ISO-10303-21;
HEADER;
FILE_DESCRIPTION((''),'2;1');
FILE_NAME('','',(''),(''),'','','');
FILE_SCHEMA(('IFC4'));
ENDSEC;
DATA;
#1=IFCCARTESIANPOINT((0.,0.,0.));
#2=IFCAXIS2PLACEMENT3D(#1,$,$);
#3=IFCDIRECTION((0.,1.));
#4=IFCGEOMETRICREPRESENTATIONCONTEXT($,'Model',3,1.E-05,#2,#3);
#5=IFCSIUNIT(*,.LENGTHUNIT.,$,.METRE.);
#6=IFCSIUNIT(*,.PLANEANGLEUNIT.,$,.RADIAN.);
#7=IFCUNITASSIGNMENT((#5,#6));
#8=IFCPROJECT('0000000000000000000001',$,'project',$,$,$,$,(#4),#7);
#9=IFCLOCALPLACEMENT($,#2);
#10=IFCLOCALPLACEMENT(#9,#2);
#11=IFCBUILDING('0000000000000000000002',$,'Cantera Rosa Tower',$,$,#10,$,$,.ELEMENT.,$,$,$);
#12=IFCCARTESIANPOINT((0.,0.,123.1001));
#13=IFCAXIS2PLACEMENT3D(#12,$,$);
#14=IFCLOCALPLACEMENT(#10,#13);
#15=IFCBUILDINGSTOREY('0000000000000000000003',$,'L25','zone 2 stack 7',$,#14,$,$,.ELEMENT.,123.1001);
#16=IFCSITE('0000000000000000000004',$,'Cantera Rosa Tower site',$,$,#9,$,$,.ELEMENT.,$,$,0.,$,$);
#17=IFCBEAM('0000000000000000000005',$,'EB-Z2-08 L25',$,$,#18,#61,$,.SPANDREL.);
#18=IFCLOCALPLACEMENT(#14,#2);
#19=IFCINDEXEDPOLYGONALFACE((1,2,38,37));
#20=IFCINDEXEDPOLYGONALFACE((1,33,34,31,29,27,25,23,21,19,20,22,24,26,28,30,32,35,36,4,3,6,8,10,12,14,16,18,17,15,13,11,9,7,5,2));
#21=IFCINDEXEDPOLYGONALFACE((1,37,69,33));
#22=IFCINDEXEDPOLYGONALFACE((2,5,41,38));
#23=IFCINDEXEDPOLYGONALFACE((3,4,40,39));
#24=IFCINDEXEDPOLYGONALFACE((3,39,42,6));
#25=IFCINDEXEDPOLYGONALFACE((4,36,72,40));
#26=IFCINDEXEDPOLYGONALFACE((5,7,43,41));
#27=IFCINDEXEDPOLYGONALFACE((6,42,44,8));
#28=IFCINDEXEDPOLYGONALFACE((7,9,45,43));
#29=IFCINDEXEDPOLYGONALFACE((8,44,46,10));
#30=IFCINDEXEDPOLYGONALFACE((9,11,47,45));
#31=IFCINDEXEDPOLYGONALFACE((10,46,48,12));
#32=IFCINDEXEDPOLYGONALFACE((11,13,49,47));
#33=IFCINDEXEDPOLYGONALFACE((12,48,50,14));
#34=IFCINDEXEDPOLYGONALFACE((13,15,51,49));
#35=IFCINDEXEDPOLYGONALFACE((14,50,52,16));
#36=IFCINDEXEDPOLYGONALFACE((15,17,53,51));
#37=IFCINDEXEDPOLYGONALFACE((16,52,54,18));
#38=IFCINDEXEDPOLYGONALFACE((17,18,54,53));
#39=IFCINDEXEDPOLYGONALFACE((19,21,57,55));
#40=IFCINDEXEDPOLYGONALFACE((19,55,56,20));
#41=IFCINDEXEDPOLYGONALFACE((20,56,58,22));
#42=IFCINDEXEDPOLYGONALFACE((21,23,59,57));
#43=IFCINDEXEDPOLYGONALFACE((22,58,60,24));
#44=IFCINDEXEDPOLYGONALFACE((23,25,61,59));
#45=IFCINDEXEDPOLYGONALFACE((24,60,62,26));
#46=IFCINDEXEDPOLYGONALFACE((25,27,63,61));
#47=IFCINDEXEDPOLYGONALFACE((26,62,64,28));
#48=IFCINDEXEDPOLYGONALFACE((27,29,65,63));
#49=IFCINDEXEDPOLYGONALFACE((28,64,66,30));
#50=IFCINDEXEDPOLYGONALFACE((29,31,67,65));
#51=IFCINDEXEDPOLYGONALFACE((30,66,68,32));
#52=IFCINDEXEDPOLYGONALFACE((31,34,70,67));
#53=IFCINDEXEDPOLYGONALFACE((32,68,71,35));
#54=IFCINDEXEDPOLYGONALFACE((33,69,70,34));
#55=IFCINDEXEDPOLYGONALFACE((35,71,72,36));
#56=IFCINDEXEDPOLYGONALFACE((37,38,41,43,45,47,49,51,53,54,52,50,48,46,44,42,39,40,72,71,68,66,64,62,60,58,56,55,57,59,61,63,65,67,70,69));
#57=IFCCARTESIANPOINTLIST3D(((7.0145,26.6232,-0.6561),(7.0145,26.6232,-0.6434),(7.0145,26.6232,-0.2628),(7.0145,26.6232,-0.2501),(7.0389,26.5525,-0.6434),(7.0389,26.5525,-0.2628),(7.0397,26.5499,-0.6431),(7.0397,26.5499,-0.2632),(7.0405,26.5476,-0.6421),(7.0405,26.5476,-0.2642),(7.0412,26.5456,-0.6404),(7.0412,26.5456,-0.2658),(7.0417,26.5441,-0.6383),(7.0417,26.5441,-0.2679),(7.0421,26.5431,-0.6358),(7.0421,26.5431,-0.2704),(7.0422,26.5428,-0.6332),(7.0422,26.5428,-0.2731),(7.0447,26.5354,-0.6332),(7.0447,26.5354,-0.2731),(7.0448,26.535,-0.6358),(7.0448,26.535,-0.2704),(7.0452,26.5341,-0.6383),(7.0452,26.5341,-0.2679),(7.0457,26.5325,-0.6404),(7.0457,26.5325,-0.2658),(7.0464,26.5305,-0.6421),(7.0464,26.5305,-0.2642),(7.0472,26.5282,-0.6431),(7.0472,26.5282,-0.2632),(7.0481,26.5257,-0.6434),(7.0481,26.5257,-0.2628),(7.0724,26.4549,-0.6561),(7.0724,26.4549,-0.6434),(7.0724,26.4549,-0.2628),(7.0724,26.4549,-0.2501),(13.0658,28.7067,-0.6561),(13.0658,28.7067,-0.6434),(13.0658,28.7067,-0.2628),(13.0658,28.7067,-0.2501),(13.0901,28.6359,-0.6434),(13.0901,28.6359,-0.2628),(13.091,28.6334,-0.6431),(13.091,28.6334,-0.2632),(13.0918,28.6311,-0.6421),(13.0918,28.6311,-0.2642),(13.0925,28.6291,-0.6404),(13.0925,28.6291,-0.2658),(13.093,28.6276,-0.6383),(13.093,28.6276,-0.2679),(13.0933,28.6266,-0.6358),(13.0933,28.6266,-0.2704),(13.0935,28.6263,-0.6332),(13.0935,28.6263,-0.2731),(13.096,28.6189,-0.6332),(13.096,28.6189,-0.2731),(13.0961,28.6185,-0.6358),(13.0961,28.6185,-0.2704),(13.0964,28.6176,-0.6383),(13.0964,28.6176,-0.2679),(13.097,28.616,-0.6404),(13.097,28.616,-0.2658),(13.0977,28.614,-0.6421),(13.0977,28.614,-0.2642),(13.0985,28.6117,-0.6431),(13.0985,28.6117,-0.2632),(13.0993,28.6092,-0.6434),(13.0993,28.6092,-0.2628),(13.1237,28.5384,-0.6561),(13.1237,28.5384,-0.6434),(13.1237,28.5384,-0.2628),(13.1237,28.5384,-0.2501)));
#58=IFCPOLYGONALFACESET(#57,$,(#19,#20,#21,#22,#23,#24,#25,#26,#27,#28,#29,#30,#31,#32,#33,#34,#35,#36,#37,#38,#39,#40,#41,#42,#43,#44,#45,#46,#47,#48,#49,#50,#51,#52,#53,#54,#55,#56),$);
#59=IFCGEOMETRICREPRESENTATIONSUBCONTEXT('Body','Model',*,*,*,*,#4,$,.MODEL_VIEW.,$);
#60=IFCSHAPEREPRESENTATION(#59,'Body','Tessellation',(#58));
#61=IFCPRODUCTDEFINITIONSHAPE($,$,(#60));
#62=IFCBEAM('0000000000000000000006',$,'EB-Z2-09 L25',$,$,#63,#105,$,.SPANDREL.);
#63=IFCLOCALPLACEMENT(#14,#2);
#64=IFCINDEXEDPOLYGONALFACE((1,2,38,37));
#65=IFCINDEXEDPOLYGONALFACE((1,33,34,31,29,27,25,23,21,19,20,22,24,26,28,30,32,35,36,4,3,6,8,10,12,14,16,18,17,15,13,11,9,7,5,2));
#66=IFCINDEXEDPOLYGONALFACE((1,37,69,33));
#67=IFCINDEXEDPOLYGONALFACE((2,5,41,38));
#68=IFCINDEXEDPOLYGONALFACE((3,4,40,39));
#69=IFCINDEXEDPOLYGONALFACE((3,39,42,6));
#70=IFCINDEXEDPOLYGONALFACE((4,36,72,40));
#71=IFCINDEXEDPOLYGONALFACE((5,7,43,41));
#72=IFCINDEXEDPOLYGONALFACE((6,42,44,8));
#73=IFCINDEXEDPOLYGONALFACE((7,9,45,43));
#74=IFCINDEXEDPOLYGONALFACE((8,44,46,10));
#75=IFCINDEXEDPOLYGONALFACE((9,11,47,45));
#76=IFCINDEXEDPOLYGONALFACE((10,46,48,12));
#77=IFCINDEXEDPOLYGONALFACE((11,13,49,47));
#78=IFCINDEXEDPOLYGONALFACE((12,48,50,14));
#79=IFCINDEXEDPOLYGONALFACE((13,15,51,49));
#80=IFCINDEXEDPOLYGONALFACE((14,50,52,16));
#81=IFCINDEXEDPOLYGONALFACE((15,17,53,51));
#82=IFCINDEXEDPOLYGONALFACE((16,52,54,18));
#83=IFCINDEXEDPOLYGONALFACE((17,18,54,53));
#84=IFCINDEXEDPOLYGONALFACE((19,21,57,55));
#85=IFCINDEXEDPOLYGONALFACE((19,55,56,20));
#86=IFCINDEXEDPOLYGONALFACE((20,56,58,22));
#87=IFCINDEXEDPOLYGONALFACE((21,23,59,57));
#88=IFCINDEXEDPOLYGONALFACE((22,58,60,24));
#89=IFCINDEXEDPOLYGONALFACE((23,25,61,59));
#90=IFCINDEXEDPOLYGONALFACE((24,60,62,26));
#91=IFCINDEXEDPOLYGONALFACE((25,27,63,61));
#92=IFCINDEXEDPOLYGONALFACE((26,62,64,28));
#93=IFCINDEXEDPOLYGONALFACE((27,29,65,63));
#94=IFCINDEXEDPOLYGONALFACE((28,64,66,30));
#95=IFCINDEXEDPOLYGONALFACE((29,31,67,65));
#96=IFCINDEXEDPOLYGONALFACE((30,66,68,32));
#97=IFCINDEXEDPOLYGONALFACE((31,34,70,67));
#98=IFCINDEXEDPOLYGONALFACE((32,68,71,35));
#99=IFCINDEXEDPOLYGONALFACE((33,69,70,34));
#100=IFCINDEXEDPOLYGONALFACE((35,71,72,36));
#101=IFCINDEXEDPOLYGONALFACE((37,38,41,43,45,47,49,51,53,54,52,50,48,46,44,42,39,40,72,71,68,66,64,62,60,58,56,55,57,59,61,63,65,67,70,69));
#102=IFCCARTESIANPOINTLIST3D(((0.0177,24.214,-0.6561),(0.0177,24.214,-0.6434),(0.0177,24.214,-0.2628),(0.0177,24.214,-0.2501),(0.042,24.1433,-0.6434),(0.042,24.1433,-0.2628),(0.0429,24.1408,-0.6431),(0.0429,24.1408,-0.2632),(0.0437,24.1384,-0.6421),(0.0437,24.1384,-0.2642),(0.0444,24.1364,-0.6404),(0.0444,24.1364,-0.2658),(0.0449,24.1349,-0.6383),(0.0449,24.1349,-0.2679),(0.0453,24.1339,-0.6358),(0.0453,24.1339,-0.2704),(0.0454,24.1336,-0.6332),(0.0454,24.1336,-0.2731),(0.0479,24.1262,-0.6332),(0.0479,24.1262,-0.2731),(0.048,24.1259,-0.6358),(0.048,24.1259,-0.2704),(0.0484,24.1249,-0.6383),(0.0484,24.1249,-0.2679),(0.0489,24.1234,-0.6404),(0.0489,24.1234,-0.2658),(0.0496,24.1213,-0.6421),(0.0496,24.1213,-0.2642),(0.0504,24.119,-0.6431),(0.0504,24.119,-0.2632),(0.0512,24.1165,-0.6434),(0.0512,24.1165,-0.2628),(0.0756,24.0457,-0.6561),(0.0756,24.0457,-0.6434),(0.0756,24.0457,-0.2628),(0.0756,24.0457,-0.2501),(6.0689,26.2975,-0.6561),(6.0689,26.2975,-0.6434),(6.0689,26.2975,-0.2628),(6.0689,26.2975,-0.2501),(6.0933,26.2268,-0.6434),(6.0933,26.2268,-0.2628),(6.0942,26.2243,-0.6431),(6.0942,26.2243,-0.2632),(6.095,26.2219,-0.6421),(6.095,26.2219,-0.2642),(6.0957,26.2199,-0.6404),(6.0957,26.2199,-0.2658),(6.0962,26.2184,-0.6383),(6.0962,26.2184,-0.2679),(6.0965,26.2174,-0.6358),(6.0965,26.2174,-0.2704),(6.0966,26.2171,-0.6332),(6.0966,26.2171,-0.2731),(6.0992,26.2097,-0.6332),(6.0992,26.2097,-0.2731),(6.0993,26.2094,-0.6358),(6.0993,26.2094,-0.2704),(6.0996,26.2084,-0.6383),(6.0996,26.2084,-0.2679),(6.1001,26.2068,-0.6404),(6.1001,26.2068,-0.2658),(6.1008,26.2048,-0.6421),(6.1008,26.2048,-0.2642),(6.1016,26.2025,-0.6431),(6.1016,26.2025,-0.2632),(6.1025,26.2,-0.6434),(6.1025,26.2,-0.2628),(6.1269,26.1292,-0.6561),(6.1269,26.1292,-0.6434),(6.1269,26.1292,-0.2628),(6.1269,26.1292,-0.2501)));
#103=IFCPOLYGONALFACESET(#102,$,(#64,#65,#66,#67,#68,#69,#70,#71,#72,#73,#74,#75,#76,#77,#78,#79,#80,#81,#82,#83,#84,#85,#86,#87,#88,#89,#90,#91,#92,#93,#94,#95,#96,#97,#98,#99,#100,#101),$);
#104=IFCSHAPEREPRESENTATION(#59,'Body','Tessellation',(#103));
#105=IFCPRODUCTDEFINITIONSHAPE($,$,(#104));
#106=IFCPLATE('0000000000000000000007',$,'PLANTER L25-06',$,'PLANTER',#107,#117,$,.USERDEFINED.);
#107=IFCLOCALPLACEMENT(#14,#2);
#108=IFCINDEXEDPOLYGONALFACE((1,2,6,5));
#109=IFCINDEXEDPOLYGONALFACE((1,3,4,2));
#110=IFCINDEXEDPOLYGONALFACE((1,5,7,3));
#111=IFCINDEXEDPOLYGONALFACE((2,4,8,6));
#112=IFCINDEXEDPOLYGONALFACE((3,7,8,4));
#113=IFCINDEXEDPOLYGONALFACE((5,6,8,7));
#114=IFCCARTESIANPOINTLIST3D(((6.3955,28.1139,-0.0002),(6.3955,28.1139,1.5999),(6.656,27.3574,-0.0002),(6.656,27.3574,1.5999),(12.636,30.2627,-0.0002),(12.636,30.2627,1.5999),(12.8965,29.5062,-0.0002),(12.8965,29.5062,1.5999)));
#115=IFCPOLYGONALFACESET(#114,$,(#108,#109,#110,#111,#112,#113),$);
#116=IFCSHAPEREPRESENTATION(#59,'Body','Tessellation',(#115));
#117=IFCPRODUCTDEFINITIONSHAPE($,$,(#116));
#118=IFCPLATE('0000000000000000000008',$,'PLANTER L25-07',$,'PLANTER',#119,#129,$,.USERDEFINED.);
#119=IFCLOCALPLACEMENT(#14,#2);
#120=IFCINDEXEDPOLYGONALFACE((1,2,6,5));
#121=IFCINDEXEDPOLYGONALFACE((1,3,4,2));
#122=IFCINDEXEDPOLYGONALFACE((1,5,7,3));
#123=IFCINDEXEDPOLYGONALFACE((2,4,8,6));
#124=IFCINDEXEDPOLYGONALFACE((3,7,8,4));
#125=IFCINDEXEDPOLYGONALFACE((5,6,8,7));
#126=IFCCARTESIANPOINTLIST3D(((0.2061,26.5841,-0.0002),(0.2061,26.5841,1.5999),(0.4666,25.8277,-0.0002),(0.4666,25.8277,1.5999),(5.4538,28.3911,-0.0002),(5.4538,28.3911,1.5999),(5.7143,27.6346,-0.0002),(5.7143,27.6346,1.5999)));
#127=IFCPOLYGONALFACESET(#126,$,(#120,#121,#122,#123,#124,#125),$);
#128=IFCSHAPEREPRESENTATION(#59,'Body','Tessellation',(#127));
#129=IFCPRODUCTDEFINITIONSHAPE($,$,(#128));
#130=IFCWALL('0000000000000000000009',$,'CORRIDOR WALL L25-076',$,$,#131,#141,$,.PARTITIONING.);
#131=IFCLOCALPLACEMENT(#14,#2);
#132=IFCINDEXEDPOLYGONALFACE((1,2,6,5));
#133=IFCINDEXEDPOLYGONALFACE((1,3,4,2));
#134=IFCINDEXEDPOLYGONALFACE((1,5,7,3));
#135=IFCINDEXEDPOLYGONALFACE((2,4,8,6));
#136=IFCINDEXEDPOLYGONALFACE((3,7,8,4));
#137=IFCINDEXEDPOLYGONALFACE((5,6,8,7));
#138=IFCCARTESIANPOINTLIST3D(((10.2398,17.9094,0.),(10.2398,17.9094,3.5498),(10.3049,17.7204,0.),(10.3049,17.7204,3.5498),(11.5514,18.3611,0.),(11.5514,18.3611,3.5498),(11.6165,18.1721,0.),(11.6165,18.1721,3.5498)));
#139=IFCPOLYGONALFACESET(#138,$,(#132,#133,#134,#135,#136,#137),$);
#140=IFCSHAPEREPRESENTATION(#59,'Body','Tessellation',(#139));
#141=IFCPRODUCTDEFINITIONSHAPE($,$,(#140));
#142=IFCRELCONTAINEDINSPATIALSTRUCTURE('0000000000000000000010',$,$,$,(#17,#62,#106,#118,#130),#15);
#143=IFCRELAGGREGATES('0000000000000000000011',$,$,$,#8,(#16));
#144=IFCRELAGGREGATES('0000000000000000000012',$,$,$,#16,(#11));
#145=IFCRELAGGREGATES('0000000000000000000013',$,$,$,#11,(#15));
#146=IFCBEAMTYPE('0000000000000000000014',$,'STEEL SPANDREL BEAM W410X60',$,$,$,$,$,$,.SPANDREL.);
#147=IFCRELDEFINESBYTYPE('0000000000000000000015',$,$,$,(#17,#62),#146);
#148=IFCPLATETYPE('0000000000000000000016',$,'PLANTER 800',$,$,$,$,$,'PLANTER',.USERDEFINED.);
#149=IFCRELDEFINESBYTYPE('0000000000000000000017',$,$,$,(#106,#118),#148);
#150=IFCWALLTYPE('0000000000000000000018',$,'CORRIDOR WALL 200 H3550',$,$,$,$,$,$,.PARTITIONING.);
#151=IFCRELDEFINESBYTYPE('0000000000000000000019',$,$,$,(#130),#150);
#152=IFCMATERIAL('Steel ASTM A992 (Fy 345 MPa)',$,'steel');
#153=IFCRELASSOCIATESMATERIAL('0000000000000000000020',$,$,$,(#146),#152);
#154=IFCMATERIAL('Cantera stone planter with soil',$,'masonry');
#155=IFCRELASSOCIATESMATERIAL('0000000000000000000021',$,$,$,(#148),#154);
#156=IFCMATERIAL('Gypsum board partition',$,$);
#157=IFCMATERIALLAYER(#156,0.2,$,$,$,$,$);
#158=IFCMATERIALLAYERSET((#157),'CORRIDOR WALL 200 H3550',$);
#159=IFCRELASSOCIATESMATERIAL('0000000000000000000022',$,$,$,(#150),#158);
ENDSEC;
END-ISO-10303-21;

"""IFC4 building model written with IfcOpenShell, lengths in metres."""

from ifc_helpers import new_model, si_unit, direction, frame, frame_2d, origin, origin_2d, place, context, subcontext, project, spatial, rectangle, i_section, extrude, material, layer, layer_set, material_profile, profile_set, type_object, element, save


model = new_model("IFC4")

# Units and contexts
model_context = context("Model", 3, precision=1e-05, world=origin(), true_north=direction((0.0, 1.0)))
body_context = subcontext(model_context, "Body", "Model", "MODEL_VIEW")
ifc_project = project(units=[si_unit("LENGTHUNIT", "METRE"), si_unit("PLANEANGLEUNIT", "RADIAN")], contexts=[model_context])

# Site, building, storey
site_placement = place(None, origin())
site = spatial("IfcSite", under=ifc_project, at=site_placement, Name="Cantera Rosa Tower site", CompositionType="ELEMENT", RefElevation=0.0)
building_placement = place(site_placement, origin())
building = spatial("IfcBuilding", under=site, at=building_placement, Name="Cantera Rosa Tower", CompositionType="ELEMENT")
storey_placement = place(building_placement, frame((0.0, 0.0, 123.1001)))
storey = spatial("IfcBuildingStorey", under=building, at=storey_placement, Name="L25", Description="zone 2 stack 7", CompositionType="ELEMENT", Elevation=123.1001)

# Beams
ifc_material_1 = material(Name="Steel ASTM A992 (Fy 345 MPa)", Category="steel")
ifc_material_profile_1 = material_profile(ifc_material_1, i_section(OverallWidth=0.178, OverallDepth=0.406, WebThickness=0.0078, FlangeThickness=0.0127, FilletRadius=0.0103, at=origin_2d()), Name="W410X60")
ifc_profile_set_1 = profile_set([ifc_material_profile_1], Name="Steel ASTM A992 (Fy 345 MPa)")
beam_type_1 = type_object("IfcBeamType", Name="STEEL SPANDREL BEAM W410X60", PredefinedType="SPANDREL", material=ifc_profile_set_1)
for number, where, z_axis, x_axis, name in (
    (1, (13.0947, 28.6226, -0.4531), (-0.945524, -0.325551, 0.0), (0.325551, -0.945524, 0.0), "EB-Z2-08 L25"),
    (2, (6.0979, 26.2134, -0.4531), (-0.945524, -0.325551, 0.0), (0.325551, -0.945524, 0.0), "EB-Z2-09 L25"),
):
    element("IfcBeam", number, at=place(storey_placement, frame(where, z_axis=z_axis, x_axis=x_axis)), inside=storey, type_object=beam_type_1, Name=name, PredefinedType="SPANDREL", context=body_context, shape_type="SweptSolid", body=[
        extrude(i_section(OverallWidth=0.178, OverallDepth=0.406, WebThickness=0.0078, FlangeThickness=0.0127, FilletRadius=0.0103, at=origin_2d()), origin(), (0.0, 0.0, 1.0), 6.3999),
    ])

# Plates
ifc_material_2 = material(Name="Cantera stone planter with soil", Category="masonry")
plate_type = type_object("IfcPlateType", Name="PLANTER 800", ElementType="PLANTER", PredefinedType="USERDEFINED", material=ifc_material_2)
plate_1_placement = place(storey_placement, frame((9.646, 28.8101, -0.0002), z_axis=(0.0, 0.0, 1.0), x_axis=(-0.945519, -0.325568, 0.0)))
element("IfcPlate", 3, at=plate_1_placement, inside=storey, type_object=plate_type, Name="PLANTER L25-06", ObjectType="PLANTER", PredefinedType="USERDEFINED", context=body_context, shape_type="SweptSolid", body=[
    extrude(rectangle(XDim=6.6001, YDim=0.8, at=origin_2d()), origin(), (0.0, 0.0, 1.0), 1.6001),
])
plate_2_placement = place(storey_placement, frame((2.9602, 27.1094, -0.0002), z_axis=(0.0, 0.0, 1.0), x_axis=(-0.945519, -0.325568, 0.0)))
element("IfcPlate", 4, at=plate_2_placement, inside=storey, type_object=plate_type, Name="PLANTER L25-07", ObjectType="PLANTER", PredefinedType="USERDEFINED", context=body_context, shape_type="SweptSolid", body=[
    extrude(rectangle(XDim=5.55, YDim=0.8, at=origin_2d()), origin(), (0.0, 0.0, 1.0), 1.6001),
])

# Wall
ifc_material_3 = material(Name="Gypsum board partition")
ifc_layer_1 = layer(ifc_material_3, 0.2)
ifc_layer_set_1 = layer_set([ifc_layer_1], Name="CORRIDOR WALL 200 H3550")
wall_type_1 = type_object("IfcWallType", Name="CORRIDOR WALL 200 H3550", PredefinedType="PARTITIONING", material=ifc_layer_set_1)
wall_1_placement = place(storey_placement, frame((11.584, 18.2666, 0.0), z_axis=(0.0, 0.0, 1.0), x_axis=(-0.945504, -0.325611, 0.0)))
element("IfcWall", 5, at=wall_1_placement, inside=storey, type_object=wall_type_1, Name="CORRIDOR WALL L25-076", PredefinedType="PARTITIONING", context=body_context, shape_type="SweptSolid", body=[
    extrude(rectangle(XDim=1.3872, YDim=0.2, at=frame_2d((0.6936, 0.0))), origin(), (0.0, 0.0, 1.0), 3.5498),
])

save(model, "model.ifc")
